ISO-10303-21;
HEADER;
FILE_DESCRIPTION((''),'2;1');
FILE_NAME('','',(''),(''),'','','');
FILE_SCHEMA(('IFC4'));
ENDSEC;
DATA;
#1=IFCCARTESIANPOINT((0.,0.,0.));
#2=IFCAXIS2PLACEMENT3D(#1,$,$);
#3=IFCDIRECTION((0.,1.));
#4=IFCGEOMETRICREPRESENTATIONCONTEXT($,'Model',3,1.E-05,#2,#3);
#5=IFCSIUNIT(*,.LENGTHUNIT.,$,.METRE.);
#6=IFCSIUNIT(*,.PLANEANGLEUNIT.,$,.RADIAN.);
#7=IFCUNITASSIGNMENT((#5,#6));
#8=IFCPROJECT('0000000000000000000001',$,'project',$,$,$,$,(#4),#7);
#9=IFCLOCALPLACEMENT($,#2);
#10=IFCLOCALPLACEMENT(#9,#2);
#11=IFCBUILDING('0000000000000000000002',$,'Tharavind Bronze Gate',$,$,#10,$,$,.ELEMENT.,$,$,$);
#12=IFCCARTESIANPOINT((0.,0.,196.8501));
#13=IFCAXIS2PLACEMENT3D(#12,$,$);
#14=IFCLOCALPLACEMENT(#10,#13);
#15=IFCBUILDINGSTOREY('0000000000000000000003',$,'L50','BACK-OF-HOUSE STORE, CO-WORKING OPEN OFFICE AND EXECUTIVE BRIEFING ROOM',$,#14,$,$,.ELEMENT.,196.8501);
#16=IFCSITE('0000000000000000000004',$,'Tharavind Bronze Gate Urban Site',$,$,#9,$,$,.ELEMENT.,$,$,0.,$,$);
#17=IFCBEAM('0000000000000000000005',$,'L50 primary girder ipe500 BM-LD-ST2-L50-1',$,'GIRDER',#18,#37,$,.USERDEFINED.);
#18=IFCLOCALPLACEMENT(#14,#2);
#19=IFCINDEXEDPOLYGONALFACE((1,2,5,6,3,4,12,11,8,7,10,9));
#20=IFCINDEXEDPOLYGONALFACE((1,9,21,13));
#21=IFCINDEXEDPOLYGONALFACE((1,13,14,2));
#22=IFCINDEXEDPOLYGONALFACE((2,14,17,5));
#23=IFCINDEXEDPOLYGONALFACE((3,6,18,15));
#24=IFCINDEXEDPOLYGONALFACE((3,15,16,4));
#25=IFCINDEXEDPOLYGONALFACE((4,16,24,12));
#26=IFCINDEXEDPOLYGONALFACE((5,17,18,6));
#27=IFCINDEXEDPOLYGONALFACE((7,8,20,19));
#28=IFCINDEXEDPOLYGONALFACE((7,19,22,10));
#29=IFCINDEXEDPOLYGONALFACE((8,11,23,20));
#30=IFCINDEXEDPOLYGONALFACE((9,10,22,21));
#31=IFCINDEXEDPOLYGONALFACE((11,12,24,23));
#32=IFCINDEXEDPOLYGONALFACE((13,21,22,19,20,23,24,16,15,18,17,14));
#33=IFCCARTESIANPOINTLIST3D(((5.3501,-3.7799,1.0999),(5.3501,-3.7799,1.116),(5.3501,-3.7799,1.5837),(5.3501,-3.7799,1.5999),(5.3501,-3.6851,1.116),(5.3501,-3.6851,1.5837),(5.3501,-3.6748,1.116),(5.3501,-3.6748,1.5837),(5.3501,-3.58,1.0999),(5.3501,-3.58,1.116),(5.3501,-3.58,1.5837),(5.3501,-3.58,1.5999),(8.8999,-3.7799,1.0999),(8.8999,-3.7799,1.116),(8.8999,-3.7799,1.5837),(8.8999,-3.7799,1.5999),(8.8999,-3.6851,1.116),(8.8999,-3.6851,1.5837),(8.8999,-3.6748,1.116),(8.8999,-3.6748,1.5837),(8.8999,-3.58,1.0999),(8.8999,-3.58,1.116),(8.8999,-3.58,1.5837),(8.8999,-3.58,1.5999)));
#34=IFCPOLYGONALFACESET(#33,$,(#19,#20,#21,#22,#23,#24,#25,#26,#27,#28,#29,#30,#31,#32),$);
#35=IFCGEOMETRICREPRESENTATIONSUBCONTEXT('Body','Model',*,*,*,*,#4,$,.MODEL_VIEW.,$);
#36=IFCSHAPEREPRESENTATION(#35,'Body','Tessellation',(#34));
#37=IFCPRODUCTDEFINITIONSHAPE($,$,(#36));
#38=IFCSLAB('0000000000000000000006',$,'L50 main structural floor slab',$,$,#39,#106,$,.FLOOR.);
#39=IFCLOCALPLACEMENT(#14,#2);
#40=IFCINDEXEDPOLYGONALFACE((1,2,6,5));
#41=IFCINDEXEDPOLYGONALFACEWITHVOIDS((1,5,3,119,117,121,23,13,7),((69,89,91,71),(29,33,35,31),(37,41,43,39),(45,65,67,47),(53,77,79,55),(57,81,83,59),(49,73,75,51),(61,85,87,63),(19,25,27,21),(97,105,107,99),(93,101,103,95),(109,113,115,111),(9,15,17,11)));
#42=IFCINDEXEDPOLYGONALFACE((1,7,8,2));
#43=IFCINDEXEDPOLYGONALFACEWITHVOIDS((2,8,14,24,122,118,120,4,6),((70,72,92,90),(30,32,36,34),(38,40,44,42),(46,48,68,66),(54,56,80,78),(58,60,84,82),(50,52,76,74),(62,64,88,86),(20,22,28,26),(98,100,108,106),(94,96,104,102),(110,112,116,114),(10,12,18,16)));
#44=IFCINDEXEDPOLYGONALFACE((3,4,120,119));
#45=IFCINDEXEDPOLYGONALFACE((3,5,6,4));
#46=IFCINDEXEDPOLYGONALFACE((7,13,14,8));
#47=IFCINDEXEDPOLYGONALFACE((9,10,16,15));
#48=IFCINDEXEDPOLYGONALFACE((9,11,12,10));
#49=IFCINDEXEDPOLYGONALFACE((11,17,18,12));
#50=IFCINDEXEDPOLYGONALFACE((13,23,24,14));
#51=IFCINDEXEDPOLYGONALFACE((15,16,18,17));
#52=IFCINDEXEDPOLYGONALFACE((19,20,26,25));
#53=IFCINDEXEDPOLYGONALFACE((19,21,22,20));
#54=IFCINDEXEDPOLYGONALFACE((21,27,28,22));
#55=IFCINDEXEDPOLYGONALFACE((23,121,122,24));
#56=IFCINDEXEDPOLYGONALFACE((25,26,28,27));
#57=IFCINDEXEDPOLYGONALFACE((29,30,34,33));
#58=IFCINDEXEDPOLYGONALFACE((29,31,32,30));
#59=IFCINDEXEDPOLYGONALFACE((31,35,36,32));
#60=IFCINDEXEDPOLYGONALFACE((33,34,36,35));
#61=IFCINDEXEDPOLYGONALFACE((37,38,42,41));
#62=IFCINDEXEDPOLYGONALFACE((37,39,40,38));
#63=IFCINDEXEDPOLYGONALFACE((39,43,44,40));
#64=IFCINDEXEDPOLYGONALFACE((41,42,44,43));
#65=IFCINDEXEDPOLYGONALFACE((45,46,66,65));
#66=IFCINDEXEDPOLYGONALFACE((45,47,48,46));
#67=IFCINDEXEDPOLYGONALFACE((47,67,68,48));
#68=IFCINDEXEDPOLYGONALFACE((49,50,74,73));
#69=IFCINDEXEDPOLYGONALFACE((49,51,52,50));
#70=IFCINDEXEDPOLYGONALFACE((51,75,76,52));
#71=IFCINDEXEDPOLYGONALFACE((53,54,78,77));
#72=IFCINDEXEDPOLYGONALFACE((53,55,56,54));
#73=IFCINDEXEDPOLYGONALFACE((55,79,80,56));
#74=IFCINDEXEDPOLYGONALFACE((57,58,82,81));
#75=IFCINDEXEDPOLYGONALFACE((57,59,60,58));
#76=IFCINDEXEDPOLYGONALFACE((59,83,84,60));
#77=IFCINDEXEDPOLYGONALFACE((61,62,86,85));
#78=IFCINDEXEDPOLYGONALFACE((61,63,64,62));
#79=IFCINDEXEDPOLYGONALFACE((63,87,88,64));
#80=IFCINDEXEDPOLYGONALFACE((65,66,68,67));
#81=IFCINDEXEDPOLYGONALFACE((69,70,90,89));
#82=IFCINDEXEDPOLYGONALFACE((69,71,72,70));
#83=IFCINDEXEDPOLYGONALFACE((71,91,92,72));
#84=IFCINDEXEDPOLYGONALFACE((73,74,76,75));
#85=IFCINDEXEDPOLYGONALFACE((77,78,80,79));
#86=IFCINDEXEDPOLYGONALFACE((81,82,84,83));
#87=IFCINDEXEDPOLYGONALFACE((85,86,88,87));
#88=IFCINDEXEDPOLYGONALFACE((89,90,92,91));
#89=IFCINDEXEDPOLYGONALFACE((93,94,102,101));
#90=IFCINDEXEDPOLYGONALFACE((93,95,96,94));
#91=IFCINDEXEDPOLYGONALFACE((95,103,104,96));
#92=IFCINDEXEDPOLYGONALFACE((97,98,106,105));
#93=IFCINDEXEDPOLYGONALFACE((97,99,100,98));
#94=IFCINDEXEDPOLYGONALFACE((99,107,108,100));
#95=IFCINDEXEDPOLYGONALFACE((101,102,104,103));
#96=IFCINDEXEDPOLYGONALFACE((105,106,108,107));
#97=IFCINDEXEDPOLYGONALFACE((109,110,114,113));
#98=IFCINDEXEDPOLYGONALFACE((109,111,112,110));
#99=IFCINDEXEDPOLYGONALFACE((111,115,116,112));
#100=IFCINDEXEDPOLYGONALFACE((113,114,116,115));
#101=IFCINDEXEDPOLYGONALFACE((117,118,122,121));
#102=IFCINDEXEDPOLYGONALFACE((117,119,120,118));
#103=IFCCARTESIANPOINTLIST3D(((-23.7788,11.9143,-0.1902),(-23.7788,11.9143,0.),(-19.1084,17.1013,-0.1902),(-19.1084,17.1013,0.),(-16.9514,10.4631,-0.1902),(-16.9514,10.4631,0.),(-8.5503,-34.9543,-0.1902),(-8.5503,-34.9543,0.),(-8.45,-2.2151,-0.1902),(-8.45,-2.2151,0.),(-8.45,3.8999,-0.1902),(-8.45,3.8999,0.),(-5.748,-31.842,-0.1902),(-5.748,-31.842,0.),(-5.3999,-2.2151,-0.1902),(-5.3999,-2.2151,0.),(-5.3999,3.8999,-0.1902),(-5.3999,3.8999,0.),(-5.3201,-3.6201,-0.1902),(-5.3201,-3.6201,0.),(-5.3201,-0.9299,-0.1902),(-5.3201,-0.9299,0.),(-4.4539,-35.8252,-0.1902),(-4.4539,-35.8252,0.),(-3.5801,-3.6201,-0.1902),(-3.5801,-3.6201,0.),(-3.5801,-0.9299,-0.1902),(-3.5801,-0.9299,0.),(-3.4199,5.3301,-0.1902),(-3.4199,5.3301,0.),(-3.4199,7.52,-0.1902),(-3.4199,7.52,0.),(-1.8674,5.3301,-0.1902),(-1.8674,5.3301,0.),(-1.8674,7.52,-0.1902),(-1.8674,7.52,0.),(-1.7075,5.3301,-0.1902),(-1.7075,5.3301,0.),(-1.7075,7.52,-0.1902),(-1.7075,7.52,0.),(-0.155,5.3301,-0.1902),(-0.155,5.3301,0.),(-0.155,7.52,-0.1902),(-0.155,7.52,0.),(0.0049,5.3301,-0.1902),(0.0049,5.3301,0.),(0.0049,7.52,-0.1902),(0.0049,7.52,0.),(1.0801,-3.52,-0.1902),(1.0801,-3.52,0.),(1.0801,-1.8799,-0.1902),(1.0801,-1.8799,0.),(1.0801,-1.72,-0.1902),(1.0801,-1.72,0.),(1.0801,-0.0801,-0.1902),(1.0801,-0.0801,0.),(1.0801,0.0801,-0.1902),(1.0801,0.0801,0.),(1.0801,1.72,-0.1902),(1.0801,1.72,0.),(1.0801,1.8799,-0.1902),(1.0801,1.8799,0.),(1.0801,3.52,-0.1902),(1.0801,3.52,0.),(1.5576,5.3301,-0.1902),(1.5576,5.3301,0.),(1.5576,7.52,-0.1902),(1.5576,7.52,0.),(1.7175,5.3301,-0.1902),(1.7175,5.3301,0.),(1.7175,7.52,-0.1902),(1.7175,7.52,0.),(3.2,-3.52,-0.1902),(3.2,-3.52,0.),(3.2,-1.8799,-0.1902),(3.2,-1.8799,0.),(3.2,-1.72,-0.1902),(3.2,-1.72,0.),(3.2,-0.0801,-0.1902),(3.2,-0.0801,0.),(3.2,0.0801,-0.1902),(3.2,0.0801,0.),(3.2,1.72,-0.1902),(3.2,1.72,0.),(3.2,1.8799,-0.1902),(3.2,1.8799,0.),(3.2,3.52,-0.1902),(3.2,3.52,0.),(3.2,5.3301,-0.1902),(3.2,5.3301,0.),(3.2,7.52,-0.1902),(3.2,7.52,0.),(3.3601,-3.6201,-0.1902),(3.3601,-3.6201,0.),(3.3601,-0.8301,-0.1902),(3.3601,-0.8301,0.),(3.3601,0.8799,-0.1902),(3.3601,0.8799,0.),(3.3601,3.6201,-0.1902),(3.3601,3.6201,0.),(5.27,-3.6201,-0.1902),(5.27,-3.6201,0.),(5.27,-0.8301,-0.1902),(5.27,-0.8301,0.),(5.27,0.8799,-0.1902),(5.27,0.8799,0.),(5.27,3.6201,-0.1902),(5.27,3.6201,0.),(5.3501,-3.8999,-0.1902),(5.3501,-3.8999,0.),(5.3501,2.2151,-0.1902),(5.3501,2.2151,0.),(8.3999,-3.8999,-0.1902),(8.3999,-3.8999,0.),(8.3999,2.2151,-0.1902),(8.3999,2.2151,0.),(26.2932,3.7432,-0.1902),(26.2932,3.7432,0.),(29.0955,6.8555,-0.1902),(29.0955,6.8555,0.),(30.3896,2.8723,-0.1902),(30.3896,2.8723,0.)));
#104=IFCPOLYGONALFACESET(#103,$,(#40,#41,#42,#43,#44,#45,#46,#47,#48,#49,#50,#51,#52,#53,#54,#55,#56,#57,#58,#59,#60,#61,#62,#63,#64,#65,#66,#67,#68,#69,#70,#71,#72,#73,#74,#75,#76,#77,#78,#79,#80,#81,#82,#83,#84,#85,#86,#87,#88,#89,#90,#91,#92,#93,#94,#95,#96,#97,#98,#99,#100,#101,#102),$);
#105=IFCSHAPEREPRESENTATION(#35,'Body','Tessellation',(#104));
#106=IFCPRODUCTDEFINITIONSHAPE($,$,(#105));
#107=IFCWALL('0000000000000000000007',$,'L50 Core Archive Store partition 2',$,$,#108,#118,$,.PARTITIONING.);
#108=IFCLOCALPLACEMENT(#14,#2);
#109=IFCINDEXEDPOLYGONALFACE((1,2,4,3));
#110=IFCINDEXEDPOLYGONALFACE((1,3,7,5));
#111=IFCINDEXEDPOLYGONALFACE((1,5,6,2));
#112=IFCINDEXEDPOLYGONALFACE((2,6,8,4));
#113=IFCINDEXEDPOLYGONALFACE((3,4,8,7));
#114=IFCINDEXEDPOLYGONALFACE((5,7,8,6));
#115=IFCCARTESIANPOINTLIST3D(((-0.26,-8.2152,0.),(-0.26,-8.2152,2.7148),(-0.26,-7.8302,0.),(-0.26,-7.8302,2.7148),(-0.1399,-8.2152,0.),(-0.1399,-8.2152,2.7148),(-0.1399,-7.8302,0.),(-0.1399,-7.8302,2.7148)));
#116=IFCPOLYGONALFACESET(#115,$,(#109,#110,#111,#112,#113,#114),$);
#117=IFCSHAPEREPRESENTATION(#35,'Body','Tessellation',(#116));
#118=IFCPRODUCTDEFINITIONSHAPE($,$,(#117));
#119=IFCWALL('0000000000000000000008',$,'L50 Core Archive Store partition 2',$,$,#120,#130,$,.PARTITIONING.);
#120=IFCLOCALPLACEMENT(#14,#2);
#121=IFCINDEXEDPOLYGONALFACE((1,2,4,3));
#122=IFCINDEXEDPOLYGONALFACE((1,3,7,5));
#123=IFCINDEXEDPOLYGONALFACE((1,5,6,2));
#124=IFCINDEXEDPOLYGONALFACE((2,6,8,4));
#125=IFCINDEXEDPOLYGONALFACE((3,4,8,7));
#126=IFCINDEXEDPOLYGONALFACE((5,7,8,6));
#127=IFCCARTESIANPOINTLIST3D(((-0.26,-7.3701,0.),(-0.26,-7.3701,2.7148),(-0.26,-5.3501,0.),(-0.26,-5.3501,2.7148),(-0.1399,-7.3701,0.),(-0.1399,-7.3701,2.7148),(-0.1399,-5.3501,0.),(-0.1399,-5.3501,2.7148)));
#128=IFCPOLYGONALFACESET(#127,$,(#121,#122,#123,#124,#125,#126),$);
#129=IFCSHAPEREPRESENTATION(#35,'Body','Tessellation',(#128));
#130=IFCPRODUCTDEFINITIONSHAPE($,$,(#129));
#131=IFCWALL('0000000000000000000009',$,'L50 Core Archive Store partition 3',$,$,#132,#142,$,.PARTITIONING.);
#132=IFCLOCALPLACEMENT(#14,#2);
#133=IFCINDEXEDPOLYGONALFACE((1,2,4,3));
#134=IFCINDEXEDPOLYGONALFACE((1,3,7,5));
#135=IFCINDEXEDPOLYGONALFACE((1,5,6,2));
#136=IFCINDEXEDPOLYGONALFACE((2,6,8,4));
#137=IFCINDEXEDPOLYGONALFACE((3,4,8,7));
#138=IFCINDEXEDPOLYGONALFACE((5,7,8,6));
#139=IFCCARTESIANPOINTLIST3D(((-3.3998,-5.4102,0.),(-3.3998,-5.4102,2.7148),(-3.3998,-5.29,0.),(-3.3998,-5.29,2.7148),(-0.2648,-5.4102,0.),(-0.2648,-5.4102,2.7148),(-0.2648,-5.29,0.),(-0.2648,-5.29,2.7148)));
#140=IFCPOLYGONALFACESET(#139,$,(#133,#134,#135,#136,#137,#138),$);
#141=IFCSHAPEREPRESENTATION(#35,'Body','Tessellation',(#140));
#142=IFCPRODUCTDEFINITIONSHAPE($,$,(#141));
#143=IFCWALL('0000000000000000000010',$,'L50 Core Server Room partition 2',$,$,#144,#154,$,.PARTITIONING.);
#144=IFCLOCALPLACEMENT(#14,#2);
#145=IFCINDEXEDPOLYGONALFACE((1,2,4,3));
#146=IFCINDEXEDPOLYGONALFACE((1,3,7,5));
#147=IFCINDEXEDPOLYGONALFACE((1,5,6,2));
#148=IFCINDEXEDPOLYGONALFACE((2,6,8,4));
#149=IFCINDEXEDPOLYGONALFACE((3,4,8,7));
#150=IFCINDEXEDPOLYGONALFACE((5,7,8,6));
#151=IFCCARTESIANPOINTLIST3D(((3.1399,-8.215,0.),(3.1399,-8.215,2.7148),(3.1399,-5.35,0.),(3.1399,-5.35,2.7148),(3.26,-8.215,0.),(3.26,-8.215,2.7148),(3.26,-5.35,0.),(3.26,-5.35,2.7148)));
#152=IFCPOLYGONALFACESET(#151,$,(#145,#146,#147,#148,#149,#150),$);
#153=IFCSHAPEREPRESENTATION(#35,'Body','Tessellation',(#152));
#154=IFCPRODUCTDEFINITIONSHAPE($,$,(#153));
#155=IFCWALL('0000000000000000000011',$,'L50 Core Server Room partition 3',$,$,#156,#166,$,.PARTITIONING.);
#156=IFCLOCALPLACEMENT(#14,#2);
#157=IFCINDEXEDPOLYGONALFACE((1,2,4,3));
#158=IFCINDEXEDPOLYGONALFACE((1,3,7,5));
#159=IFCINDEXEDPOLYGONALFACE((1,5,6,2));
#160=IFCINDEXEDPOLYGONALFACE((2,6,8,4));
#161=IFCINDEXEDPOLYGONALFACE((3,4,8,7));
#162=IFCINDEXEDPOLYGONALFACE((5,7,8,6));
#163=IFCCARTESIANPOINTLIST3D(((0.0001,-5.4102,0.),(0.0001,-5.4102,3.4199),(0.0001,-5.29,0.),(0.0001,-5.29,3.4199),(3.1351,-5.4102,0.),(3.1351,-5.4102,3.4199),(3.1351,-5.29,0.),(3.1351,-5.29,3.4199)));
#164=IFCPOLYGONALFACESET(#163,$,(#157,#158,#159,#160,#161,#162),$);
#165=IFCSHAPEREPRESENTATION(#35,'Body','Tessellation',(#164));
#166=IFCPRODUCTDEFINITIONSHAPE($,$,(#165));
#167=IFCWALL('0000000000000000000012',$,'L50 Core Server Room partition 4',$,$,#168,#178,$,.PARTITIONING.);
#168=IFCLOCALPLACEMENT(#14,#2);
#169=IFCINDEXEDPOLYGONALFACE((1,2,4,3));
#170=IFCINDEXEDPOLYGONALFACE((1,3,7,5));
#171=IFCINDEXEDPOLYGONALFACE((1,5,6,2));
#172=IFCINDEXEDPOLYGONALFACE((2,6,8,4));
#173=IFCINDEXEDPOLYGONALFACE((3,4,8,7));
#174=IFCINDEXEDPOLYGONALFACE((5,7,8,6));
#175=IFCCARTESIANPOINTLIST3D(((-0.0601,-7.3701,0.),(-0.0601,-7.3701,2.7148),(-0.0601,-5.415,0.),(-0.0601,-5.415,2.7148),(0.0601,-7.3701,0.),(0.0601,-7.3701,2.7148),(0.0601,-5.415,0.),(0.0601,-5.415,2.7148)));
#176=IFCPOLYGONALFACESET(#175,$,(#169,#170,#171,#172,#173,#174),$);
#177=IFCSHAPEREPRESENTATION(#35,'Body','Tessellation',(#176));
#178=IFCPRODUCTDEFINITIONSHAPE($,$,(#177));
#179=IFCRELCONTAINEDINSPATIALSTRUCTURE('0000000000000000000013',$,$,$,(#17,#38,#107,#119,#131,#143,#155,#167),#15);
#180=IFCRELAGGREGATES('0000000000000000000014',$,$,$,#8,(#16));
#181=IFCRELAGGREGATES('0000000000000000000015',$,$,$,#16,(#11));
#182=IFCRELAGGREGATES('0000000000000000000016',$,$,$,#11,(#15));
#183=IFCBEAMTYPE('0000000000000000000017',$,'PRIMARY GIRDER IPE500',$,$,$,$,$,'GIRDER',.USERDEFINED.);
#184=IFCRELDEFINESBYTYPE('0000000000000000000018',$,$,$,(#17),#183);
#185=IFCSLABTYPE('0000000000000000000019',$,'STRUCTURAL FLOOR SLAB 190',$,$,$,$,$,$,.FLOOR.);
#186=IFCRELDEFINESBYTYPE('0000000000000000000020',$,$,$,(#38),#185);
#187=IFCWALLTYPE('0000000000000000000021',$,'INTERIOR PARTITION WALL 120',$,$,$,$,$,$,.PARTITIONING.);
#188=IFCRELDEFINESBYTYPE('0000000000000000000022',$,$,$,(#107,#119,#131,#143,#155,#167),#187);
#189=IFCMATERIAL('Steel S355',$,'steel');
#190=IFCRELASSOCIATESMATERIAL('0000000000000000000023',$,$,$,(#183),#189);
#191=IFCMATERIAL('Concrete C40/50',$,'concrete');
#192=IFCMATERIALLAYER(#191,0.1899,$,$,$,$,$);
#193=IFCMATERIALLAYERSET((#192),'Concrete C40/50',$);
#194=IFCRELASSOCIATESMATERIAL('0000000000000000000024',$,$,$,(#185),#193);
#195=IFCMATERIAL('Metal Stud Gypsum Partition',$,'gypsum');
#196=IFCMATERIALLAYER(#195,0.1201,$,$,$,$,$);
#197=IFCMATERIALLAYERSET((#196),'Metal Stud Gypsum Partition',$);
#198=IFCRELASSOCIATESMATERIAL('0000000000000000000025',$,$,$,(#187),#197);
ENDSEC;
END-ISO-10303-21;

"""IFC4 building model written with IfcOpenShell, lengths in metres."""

from ifc_helpers import new_model, si_unit, direction, frame, frame_2d, origin, origin_2d, place, context, subcontext, project, spatial, polyline, rectangle, i_section, outline, extrude, material, layer, layer_set, material_profile, profile_set, type_object, element, save


model = new_model("IFC4")

# Units and contexts
model_context = context("Model", 3, precision=1e-05, world=origin(), true_north=direction((0.0, 1.0)))
body_context = subcontext(model_context, "Body", "Model", "MODEL_VIEW")
ifc_project = project(units=[si_unit("LENGTHUNIT", "METRE"), si_unit("PLANEANGLEUNIT", "RADIAN")], contexts=[model_context])

# Site, building, storey
site_placement = place(None, origin())
site = spatial("IfcSite", under=ifc_project, at=site_placement, Name="Tharavind Bronze Gate Urban Site", CompositionType="ELEMENT", RefElevation=0.0)
building_placement = place(site_placement, origin())
building = spatial("IfcBuilding", under=site, at=building_placement, Name="Tharavind Bronze Gate", CompositionType="ELEMENT")
storey_placement = place(building_placement, frame((0.0, 0.0, 196.8501)))
storey = spatial("IfcBuildingStorey", under=building, at=storey_placement, Name="L50", Description="BACK-OF-HOUSE STORE, CO-WORKING OPEN OFFICE AND EXECUTIVE BRIEFING ROOM", CompositionType="ELEMENT", Elevation=196.8501)

# Beam
ifc_material_1 = material(Name="Steel S355", Category="steel")
ifc_material_profile = material_profile(ifc_material_1, i_section(OverallWidth=0.2, OverallDepth=0.5, WebThickness=0.0103, FlangeThickness=0.0161, at=origin_2d()), Name="IPE500")
ifc_profile_set = profile_set([ifc_material_profile], Name="Steel S355")
beam_type = type_object("IfcBeamType", Name="PRIMARY GIRDER IPE500", ElementType="GIRDER", PredefinedType="USERDEFINED", material=ifc_profile_set)
beam_placement = place(storey_placement, frame((5.3501, -3.6799, 1.3499), z_axis=(1.0, 0.0, 0.0), x_axis=(0.0, 1.0, 0.0)))
element("IfcBeam", 1, at=beam_placement, inside=storey, type_object=beam_type, Name="L50 primary girder ipe500 BM-LD-ST2-L50-1", ObjectType="GIRDER", PredefinedType="USERDEFINED", context=body_context, shape_type="SweptSolid", body=[
    extrude(i_section(OverallWidth=0.2, OverallDepth=0.5, WebThickness=0.0103, FlangeThickness=0.0161, at=origin_2d()), origin(), (0.0, 0.0, 1.0), 3.5498),
])

# Slab
ifc_material_2 = material(Name="Concrete C40/50", Category="concrete")
ifc_layer_1 = layer(ifc_material_2, 0.1899)
ifc_layer_set_1 = layer_set([ifc_layer_1], Name="Concrete C40/50")
slab_type = type_object("IfcSlabType", Name="STRUCTURAL FLOOR SLAB 190", PredefinedType="FLOOR", material=ifc_layer_set_1)
slab_placement = place(storey_placement, frame((0.0, 0.0, -0.1902)))
element("IfcSlab", 2, at=slab_placement, inside=storey, type_object=slab_type, Name="L50 main structural floor slab", PredefinedType="FLOOR", context=body_context, shape_type="SweptSolid", body=[
    extrude(outline(polyline([(-19.1084, 17.1013), (-16.9514, 10.4631), (-23.7788, 11.9143), (-8.5503, -34.9543), (-5.748, -31.842), (-4.4539, -35.8252), (30.3896, 2.8723), (26.2932, 3.7432), (29.0955, 6.8555), (-19.1084, 17.1013)]), holes=[polyline([(-5.3999, -2.2151), (-5.3999, 3.8999), (-8.45, 3.8999), (-8.45, -2.2151), (-5.3999, -2.2151)]), polyline([(5.3501, 2.2151), (5.3501, -3.8999), (8.3999, -3.8999), (8.3999, 2.2151), (5.3501, 2.2151)]), polyline([(-3.4199, 5.3301), (-1.8674, 5.3301), (-1.8674, 7.52), (-3.4199, 7.52), (-3.4199, 5.3301)]), polyline([(-1.7075, 5.3301), (-0.155, 5.3301), (-0.155, 7.52), (-1.7075, 7.52), (-1.7075, 5.3301)]), polyline([(0.0049, 5.3301), (1.5576, 5.3301), (1.5576, 7.52), (0.0049, 7.52), (0.0049, 5.3301)]), polyline([(1.7175, 5.3301), (3.2, 5.3301), (3.2, 7.52), (1.7175, 7.52), (1.7175, 5.3301)]), polyline([(1.0801, -3.52), (3.2, -3.52), (3.2, -1.8799), (1.0801, -1.8799), (1.0801, -3.52)]), polyline([(1.0801, -1.72), (3.2, -1.72), (3.2, -0.0801), (1.0801, -0.0801), (1.0801, -1.72)]), polyline([(1.0801, 0.0801), (3.2, 0.0801), (3.2, 1.72), (1.0801, 1.72), (1.0801, 0.0801)]), polyline([(1.0801, 1.8799), (3.2, 1.8799), (3.2, 3.52), (1.0801, 3.52), (1.0801, 1.8799)]), polyline([(-5.3201, -3.6201), (-3.5801, -3.6201), (-3.5801, -0.9299), (-5.3201, -0.9299), (-5.3201, -3.6201)]), polyline([(3.3601, 0.8799), (5.27, 0.8799), (5.27, 3.6201), (3.3601, 3.6201), (3.3601, 0.8799)]), polyline([(3.3601, -3.6201), (5.27, -3.6201), (5.27, -0.8301), (3.3601, -0.8301), (3.3601, -3.6201)])]), origin(), (0.0, 0.0, 1.0), 0.1902),
])

# Walls
ifc_material_3 = material(Name="Metal Stud Gypsum Partition", Category="gypsum")
ifc_layer_2 = layer(ifc_material_3, 0.1201)
ifc_layer_set_2 = layer_set([ifc_layer_2], Name="Metal Stud Gypsum Partition")
wall_type_1 = type_object("IfcWallType", Name="INTERIOR PARTITION WALL 120", PredefinedType="PARTITIONING", material=ifc_layer_set_2)
wall_1_placement = place(storey_placement, frame((-0.2, -8.2151, 0.0), z_axis=(0.0, 0.0, 1.0), x_axis=(0.0, 1.0, 0.0)))
element("IfcWall", 3, at=wall_1_placement, inside=storey, type_object=wall_type_1, Name="L50 Core Archive Store partition 2", PredefinedType="PARTITIONING", context=body_context, shape_type="SweptSolid", body=[
    extrude(rectangle(XDim=0.385, YDim=0.1201, at=frame_2d((0.1924, 0.0))), origin(), (0.0, 0.0, 1.0), 2.7148),
])
wall_2_placement = place(storey_placement, frame((-0.2, -7.3701, 0.0), z_axis=(0.0, 0.0, 1.0), x_axis=(0.0, 1.0, 0.0)))
element("IfcWall", 4, at=wall_2_placement, inside=storey, type_object=wall_type_1, Name="L50 Core Archive Store partition 2", PredefinedType="PARTITIONING", context=body_context, shape_type="SweptSolid", body=[
    extrude(rectangle(XDim=2.02, YDim=0.1201, at=frame_2d((1.01, 0.0))), origin(), (0.0, 0.0, 1.0), 2.7148),
])
wall_3_placement = place(storey_placement, frame((-0.2649, -5.3501, 0.0), z_axis=(0.0, 0.0, 1.0), x_axis=(-1.0, 0.0, 0.0)))
element("IfcWall", 5, at=wall_3_placement, inside=storey, type_object=wall_type_1, Name="L50 Core Archive Store partition 3", PredefinedType="PARTITIONING", context=body_context, shape_type="SweptSolid", body=[
    extrude(rectangle(XDim=3.135, YDim=0.1201, at=frame_2d((1.5674, 0.0))), origin(), (0.0, 0.0, 1.0), 2.7148),
])
wall_4_placement = place(storey_placement, frame((3.2, -8.2151, 0.0), z_axis=(0.0, 0.0, 1.0), x_axis=(0.0, 1.0, 0.0)))
element("IfcWall", 6, at=wall_4_placement, inside=storey, type_object=wall_type_1, Name="L50 Core Server Room partition 2", PredefinedType="PARTITIONING", context=body_context, shape_type="SweptSolid", body=[
    extrude(rectangle(XDim=2.865, YDim=0.1201, at=frame_2d((1.4326, 0.0))), origin(), (0.0, 0.0, 1.0), 2.7148),
])
wall_5_placement = place(storey_placement, frame((3.135, -5.3501, 0.0), z_axis=(0.0, 0.0, 1.0), x_axis=(-1.0, 0.0, 0.0)))
element("IfcWall", 7, at=wall_5_placement, inside=storey, type_object=wall_type_1, Name="L50 Core Server Room partition 3", PredefinedType="PARTITIONING", context=body_context, shape_type="SweptSolid", body=[
    extrude(rectangle(XDim=3.135, YDim=0.1201, at=frame_2d((1.5674, 0.0))), origin(), (0.0, 0.0, 1.0), 3.4199),
])
wall_6_placement = place(storey_placement, frame((0.0, -5.415, 0.0), z_axis=(0.0, 0.0, 1.0), x_axis=(0.0, -1.0, 0.0)))
element("IfcWall", 8, at=wall_6_placement, inside=storey, type_object=wall_type_1, Name="L50 Core Server Room partition 4", PredefinedType="PARTITIONING", context=body_context, shape_type="SweptSolid", body=[
    extrude(rectangle(XDim=1.9551, YDim=0.1201, at=frame_2d((0.9775, 0.0))), origin(), (0.0, 0.0, 1.0), 2.7148),
])

save(model, "model.ifc")
